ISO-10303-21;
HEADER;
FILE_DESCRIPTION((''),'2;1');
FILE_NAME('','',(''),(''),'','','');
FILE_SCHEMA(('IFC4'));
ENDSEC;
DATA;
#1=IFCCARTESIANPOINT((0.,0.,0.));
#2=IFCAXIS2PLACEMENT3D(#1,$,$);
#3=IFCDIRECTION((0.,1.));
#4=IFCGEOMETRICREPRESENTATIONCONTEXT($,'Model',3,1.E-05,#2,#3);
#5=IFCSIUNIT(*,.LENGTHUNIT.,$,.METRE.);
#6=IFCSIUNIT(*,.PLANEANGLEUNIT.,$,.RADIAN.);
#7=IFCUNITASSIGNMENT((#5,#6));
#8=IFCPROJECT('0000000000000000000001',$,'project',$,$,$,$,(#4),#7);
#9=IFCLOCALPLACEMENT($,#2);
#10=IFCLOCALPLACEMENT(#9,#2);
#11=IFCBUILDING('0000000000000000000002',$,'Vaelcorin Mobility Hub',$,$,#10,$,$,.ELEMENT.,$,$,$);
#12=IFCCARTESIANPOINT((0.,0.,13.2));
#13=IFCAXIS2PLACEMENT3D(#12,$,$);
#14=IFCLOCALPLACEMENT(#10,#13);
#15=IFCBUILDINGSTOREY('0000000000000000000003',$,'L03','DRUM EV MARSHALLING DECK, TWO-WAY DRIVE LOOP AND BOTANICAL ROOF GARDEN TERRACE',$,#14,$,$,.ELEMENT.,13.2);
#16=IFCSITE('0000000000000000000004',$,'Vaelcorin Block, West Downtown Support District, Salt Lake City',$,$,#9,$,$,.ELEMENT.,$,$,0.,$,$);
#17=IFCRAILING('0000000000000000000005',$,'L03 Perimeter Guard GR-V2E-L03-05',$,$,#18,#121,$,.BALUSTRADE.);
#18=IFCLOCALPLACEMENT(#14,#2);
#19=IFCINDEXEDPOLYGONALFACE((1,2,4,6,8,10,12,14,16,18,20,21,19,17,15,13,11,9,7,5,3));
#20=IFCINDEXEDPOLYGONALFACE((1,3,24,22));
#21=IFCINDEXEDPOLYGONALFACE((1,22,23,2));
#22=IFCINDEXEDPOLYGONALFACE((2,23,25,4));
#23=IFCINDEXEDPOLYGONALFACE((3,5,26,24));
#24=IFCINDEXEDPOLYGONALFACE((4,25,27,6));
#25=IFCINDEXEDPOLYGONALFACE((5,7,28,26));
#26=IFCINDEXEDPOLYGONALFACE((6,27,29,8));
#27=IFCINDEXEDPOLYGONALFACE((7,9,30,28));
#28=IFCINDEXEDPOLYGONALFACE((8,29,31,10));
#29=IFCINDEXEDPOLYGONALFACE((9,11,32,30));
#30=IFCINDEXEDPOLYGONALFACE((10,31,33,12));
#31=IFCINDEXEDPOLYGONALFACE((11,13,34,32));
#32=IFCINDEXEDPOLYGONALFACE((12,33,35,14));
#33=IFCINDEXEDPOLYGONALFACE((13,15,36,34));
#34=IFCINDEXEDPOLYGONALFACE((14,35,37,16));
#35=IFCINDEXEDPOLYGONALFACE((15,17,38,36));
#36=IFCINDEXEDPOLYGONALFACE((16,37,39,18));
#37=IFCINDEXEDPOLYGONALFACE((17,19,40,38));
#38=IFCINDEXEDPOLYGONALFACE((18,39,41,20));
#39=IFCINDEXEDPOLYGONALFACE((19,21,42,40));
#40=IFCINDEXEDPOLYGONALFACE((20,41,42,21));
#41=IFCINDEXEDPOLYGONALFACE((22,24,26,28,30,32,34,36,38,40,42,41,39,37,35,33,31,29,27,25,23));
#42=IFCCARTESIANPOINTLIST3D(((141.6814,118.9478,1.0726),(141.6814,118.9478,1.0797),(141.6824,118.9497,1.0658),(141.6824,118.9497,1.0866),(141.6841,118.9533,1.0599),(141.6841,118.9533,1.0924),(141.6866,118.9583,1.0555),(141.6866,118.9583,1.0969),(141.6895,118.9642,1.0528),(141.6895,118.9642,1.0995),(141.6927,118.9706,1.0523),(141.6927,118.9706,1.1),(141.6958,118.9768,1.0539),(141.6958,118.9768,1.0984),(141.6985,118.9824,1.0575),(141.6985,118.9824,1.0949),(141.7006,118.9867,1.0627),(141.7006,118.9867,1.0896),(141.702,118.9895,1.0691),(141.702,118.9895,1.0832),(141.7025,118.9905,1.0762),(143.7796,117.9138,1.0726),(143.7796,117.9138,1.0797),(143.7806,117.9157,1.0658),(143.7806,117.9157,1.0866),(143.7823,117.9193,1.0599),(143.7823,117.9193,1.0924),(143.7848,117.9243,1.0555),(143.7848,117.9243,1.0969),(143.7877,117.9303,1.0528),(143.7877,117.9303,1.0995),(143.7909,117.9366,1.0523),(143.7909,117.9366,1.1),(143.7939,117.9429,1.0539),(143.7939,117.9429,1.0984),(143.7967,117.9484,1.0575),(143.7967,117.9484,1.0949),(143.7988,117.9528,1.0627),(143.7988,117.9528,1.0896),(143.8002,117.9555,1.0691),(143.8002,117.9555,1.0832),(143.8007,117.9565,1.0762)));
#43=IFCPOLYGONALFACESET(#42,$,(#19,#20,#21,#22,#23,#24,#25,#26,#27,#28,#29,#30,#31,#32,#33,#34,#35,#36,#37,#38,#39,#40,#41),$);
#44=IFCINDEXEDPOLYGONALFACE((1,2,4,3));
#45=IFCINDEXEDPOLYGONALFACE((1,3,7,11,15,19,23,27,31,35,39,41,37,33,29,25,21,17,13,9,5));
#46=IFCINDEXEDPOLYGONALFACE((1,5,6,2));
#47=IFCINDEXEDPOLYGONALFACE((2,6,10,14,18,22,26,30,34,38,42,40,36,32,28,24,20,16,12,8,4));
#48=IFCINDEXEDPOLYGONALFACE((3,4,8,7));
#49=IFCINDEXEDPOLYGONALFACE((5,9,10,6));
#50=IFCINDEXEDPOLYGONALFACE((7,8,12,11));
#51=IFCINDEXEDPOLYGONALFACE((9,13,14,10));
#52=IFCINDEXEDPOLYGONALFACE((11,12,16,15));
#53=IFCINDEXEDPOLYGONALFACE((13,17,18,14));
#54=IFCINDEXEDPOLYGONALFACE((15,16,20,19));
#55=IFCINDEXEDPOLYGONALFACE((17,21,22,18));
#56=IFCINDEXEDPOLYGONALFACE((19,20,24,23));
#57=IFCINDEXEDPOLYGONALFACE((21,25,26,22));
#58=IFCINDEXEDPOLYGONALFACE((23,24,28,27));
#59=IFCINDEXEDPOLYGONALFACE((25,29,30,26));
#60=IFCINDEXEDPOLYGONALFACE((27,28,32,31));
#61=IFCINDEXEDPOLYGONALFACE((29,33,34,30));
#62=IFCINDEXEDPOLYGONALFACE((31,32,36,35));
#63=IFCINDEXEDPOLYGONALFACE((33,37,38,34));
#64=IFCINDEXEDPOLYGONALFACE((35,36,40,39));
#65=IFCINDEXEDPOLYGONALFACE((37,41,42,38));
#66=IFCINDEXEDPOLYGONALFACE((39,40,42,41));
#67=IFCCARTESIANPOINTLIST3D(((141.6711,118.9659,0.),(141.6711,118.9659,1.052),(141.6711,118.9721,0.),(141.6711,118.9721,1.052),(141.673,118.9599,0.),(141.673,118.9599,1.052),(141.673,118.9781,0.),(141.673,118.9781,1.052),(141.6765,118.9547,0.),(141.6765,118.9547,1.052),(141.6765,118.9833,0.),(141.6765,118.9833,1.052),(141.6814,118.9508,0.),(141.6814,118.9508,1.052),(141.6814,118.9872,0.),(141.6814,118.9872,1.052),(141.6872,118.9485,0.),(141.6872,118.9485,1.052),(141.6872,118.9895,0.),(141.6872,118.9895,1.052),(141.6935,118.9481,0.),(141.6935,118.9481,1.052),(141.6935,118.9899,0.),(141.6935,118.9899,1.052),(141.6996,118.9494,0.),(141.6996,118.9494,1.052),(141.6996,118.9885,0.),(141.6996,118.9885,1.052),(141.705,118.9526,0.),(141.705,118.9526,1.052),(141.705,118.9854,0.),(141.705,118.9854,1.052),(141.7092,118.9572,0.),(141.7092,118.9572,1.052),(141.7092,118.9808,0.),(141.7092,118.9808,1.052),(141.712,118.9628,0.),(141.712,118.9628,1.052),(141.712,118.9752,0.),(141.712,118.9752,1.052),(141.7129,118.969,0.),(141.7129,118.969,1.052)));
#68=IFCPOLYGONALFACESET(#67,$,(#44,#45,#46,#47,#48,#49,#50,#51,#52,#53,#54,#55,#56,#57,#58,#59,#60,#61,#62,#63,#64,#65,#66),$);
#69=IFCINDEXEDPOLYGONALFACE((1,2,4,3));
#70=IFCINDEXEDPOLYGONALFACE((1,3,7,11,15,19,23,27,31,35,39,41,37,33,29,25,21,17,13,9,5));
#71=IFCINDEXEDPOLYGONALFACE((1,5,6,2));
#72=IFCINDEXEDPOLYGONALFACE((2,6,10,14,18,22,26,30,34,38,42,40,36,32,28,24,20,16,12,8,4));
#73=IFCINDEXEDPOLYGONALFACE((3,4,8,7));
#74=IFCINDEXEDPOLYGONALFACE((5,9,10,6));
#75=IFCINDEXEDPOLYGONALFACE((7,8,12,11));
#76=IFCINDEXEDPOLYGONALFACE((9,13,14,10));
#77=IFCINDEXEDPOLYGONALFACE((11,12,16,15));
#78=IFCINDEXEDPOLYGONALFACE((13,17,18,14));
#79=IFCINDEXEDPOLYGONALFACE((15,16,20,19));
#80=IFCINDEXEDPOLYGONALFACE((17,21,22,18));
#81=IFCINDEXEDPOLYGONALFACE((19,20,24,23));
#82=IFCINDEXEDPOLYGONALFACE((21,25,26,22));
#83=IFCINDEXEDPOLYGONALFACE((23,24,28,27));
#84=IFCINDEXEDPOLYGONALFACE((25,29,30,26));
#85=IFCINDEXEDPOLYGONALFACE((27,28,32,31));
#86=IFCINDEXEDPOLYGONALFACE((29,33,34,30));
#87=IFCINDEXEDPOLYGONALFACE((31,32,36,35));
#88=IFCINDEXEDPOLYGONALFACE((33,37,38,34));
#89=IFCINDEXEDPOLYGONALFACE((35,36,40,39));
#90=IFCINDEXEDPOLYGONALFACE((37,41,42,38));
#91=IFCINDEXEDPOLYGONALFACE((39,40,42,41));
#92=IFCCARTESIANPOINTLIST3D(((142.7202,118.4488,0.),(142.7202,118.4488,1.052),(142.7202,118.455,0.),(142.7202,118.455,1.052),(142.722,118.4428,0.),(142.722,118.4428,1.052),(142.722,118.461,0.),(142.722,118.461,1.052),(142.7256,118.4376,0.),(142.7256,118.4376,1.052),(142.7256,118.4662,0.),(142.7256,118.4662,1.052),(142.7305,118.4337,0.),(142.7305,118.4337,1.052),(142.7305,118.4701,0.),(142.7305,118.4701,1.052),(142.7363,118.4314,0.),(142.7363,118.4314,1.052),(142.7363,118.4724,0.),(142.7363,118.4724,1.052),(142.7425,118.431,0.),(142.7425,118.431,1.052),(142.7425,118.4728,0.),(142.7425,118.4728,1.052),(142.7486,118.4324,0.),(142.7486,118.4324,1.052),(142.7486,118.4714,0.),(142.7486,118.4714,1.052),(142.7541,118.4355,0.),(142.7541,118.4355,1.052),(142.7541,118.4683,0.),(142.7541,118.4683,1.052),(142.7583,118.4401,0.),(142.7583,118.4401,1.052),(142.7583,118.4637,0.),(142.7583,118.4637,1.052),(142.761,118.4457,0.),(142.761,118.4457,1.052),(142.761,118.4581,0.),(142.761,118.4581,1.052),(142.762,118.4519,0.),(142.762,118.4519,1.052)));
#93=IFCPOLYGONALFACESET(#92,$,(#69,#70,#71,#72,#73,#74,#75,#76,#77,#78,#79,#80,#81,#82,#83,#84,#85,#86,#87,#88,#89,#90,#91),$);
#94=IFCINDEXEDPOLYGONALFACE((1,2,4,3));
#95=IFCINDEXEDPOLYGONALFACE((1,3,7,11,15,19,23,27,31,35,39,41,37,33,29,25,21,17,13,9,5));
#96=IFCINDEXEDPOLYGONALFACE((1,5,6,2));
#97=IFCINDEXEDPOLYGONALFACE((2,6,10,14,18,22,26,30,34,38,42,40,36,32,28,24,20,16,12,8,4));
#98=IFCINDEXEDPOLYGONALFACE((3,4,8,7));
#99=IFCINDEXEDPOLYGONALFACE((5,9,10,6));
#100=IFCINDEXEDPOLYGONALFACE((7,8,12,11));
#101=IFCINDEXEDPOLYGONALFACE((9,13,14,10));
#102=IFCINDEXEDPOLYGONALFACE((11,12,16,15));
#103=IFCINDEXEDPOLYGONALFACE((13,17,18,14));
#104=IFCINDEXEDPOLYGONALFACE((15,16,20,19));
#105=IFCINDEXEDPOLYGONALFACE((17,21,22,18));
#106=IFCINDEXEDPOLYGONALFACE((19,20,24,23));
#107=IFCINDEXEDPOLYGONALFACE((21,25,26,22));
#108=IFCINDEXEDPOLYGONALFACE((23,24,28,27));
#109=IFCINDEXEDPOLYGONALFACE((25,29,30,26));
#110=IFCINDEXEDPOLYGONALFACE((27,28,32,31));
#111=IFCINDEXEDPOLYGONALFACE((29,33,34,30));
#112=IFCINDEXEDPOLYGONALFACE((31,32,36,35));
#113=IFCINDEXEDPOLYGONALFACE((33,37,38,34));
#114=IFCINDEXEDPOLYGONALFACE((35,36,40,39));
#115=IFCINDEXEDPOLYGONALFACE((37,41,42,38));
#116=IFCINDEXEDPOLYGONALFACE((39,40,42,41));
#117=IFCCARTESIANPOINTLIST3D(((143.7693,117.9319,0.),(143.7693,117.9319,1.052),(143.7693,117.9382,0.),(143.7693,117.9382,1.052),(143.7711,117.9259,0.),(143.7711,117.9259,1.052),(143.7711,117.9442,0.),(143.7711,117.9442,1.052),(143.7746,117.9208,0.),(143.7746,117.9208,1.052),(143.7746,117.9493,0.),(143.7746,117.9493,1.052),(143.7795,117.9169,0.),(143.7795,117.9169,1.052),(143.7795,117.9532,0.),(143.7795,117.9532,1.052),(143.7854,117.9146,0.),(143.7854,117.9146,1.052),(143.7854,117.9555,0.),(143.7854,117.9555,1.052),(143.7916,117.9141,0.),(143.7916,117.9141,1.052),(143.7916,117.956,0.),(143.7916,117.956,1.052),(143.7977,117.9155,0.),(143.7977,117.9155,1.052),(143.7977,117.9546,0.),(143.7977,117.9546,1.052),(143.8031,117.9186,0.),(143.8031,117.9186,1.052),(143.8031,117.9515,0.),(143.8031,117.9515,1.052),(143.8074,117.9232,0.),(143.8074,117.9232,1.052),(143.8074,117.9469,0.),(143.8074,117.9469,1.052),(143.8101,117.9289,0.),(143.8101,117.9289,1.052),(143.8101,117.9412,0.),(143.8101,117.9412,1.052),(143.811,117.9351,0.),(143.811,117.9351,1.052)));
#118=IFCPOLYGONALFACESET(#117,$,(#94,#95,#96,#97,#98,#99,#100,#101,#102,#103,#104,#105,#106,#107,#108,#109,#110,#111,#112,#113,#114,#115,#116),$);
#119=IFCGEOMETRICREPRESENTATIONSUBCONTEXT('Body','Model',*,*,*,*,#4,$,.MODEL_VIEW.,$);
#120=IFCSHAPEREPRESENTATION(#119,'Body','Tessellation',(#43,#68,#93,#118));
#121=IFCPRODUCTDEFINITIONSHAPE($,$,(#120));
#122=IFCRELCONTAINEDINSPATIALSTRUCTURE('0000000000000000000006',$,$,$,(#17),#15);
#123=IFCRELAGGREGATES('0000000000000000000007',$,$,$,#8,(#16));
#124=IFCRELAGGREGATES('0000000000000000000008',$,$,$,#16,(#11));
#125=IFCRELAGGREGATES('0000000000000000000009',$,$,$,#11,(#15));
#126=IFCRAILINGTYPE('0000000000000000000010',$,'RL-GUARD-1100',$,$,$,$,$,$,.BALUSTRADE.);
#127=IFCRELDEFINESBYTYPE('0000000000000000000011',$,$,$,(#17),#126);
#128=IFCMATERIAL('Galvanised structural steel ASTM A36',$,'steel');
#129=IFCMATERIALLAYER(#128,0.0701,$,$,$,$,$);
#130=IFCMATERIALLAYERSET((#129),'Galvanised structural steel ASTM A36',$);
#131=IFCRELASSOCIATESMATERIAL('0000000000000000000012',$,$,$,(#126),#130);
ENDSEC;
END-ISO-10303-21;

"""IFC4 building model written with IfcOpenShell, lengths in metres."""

from ifc_helpers import new_model, si_unit, direction, frame, origin, origin_2d, place, context, subcontext, project, spatial, circle, extrude, material, layer, layer_set, type_object, element, save


model = new_model("IFC4")

# Units and contexts
model_context = context("Model", 3, precision=1e-05, world=origin(), true_north=direction((0.0, 1.0)))
body_context = subcontext(model_context, "Body", "Model", "MODEL_VIEW")
ifc_project = project(units=[si_unit("LENGTHUNIT", "METRE"), si_unit("PLANEANGLEUNIT", "RADIAN")], contexts=[model_context])

# Site, building, storey
site_placement = place(None, origin())
site = spatial("IfcSite", under=ifc_project, at=site_placement, Name="Vaelcorin Block, West Downtown Support District, Salt Lake City", CompositionType="ELEMENT", RefElevation=0.0)
building_placement = place(site_placement, origin())
building = spatial("IfcBuilding", under=site, at=building_placement, Name="Vaelcorin Mobility Hub", CompositionType="ELEMENT")
storey_placement = place(building_placement, frame((0.0, 0.0, 13.2)))
storey = spatial("IfcBuildingStorey", under=building, at=storey_placement, Name="L03", Description="DRUM EV MARSHALLING DECK, TWO-WAY DRIVE LOOP AND BOTANICAL ROOF GARDEN TERRACE", CompositionType="ELEMENT", Elevation=13.2)

# Railing
ifc_material_1 = material(Name="Galvanised structural steel ASTM A36", Category="steel")
ifc_layer_1 = layer(ifc_material_1, 0.0701)
ifc_layer_set_1 = layer_set([ifc_layer_1], Name="Galvanised structural steel ASTM A36")
railing_type = type_object("IfcRailingType", Name="RL-GUARD-1100", PredefinedType="BALUSTRADE", material=ifc_layer_set_1)
railing_1_placement = place(storey_placement, frame((141.6919, 118.969, 0.0)))
element("IfcRailing", 1, at=railing_1_placement, inside=storey, type_object=railing_type, Name="L03 Perimeter Guard GR-V2E-L03-05", PredefinedType="BALUSTRADE", context=body_context, shape_type="SweptSolid", body=[
    extrude(circle(Radius=0.0239, at=origin_2d()), frame((0.0, 0.0, 1.0762), z_axis=(0.897001, -0.442029, 0.0), x_axis=(0.442029, 0.897001, 0.0)), (0.0, 0.0, 1.0), 2.3391),
    extrude(circle(Radius=0.021, at=origin_2d()), origin(), (0.0, 0.0, 1.0), 1.052),
    extrude(circle(Radius=0.021, at=origin_2d()), frame((1.0491, -0.5171, 0.0)), (0.0, 0.0, 1.0), 1.052),
    extrude(circle(Radius=0.021, at=origin_2d()), frame((2.0981, -1.0339, 0.0)), (0.0, 0.0, 1.0), 1.052),
])

save(model, "model.ifc")
